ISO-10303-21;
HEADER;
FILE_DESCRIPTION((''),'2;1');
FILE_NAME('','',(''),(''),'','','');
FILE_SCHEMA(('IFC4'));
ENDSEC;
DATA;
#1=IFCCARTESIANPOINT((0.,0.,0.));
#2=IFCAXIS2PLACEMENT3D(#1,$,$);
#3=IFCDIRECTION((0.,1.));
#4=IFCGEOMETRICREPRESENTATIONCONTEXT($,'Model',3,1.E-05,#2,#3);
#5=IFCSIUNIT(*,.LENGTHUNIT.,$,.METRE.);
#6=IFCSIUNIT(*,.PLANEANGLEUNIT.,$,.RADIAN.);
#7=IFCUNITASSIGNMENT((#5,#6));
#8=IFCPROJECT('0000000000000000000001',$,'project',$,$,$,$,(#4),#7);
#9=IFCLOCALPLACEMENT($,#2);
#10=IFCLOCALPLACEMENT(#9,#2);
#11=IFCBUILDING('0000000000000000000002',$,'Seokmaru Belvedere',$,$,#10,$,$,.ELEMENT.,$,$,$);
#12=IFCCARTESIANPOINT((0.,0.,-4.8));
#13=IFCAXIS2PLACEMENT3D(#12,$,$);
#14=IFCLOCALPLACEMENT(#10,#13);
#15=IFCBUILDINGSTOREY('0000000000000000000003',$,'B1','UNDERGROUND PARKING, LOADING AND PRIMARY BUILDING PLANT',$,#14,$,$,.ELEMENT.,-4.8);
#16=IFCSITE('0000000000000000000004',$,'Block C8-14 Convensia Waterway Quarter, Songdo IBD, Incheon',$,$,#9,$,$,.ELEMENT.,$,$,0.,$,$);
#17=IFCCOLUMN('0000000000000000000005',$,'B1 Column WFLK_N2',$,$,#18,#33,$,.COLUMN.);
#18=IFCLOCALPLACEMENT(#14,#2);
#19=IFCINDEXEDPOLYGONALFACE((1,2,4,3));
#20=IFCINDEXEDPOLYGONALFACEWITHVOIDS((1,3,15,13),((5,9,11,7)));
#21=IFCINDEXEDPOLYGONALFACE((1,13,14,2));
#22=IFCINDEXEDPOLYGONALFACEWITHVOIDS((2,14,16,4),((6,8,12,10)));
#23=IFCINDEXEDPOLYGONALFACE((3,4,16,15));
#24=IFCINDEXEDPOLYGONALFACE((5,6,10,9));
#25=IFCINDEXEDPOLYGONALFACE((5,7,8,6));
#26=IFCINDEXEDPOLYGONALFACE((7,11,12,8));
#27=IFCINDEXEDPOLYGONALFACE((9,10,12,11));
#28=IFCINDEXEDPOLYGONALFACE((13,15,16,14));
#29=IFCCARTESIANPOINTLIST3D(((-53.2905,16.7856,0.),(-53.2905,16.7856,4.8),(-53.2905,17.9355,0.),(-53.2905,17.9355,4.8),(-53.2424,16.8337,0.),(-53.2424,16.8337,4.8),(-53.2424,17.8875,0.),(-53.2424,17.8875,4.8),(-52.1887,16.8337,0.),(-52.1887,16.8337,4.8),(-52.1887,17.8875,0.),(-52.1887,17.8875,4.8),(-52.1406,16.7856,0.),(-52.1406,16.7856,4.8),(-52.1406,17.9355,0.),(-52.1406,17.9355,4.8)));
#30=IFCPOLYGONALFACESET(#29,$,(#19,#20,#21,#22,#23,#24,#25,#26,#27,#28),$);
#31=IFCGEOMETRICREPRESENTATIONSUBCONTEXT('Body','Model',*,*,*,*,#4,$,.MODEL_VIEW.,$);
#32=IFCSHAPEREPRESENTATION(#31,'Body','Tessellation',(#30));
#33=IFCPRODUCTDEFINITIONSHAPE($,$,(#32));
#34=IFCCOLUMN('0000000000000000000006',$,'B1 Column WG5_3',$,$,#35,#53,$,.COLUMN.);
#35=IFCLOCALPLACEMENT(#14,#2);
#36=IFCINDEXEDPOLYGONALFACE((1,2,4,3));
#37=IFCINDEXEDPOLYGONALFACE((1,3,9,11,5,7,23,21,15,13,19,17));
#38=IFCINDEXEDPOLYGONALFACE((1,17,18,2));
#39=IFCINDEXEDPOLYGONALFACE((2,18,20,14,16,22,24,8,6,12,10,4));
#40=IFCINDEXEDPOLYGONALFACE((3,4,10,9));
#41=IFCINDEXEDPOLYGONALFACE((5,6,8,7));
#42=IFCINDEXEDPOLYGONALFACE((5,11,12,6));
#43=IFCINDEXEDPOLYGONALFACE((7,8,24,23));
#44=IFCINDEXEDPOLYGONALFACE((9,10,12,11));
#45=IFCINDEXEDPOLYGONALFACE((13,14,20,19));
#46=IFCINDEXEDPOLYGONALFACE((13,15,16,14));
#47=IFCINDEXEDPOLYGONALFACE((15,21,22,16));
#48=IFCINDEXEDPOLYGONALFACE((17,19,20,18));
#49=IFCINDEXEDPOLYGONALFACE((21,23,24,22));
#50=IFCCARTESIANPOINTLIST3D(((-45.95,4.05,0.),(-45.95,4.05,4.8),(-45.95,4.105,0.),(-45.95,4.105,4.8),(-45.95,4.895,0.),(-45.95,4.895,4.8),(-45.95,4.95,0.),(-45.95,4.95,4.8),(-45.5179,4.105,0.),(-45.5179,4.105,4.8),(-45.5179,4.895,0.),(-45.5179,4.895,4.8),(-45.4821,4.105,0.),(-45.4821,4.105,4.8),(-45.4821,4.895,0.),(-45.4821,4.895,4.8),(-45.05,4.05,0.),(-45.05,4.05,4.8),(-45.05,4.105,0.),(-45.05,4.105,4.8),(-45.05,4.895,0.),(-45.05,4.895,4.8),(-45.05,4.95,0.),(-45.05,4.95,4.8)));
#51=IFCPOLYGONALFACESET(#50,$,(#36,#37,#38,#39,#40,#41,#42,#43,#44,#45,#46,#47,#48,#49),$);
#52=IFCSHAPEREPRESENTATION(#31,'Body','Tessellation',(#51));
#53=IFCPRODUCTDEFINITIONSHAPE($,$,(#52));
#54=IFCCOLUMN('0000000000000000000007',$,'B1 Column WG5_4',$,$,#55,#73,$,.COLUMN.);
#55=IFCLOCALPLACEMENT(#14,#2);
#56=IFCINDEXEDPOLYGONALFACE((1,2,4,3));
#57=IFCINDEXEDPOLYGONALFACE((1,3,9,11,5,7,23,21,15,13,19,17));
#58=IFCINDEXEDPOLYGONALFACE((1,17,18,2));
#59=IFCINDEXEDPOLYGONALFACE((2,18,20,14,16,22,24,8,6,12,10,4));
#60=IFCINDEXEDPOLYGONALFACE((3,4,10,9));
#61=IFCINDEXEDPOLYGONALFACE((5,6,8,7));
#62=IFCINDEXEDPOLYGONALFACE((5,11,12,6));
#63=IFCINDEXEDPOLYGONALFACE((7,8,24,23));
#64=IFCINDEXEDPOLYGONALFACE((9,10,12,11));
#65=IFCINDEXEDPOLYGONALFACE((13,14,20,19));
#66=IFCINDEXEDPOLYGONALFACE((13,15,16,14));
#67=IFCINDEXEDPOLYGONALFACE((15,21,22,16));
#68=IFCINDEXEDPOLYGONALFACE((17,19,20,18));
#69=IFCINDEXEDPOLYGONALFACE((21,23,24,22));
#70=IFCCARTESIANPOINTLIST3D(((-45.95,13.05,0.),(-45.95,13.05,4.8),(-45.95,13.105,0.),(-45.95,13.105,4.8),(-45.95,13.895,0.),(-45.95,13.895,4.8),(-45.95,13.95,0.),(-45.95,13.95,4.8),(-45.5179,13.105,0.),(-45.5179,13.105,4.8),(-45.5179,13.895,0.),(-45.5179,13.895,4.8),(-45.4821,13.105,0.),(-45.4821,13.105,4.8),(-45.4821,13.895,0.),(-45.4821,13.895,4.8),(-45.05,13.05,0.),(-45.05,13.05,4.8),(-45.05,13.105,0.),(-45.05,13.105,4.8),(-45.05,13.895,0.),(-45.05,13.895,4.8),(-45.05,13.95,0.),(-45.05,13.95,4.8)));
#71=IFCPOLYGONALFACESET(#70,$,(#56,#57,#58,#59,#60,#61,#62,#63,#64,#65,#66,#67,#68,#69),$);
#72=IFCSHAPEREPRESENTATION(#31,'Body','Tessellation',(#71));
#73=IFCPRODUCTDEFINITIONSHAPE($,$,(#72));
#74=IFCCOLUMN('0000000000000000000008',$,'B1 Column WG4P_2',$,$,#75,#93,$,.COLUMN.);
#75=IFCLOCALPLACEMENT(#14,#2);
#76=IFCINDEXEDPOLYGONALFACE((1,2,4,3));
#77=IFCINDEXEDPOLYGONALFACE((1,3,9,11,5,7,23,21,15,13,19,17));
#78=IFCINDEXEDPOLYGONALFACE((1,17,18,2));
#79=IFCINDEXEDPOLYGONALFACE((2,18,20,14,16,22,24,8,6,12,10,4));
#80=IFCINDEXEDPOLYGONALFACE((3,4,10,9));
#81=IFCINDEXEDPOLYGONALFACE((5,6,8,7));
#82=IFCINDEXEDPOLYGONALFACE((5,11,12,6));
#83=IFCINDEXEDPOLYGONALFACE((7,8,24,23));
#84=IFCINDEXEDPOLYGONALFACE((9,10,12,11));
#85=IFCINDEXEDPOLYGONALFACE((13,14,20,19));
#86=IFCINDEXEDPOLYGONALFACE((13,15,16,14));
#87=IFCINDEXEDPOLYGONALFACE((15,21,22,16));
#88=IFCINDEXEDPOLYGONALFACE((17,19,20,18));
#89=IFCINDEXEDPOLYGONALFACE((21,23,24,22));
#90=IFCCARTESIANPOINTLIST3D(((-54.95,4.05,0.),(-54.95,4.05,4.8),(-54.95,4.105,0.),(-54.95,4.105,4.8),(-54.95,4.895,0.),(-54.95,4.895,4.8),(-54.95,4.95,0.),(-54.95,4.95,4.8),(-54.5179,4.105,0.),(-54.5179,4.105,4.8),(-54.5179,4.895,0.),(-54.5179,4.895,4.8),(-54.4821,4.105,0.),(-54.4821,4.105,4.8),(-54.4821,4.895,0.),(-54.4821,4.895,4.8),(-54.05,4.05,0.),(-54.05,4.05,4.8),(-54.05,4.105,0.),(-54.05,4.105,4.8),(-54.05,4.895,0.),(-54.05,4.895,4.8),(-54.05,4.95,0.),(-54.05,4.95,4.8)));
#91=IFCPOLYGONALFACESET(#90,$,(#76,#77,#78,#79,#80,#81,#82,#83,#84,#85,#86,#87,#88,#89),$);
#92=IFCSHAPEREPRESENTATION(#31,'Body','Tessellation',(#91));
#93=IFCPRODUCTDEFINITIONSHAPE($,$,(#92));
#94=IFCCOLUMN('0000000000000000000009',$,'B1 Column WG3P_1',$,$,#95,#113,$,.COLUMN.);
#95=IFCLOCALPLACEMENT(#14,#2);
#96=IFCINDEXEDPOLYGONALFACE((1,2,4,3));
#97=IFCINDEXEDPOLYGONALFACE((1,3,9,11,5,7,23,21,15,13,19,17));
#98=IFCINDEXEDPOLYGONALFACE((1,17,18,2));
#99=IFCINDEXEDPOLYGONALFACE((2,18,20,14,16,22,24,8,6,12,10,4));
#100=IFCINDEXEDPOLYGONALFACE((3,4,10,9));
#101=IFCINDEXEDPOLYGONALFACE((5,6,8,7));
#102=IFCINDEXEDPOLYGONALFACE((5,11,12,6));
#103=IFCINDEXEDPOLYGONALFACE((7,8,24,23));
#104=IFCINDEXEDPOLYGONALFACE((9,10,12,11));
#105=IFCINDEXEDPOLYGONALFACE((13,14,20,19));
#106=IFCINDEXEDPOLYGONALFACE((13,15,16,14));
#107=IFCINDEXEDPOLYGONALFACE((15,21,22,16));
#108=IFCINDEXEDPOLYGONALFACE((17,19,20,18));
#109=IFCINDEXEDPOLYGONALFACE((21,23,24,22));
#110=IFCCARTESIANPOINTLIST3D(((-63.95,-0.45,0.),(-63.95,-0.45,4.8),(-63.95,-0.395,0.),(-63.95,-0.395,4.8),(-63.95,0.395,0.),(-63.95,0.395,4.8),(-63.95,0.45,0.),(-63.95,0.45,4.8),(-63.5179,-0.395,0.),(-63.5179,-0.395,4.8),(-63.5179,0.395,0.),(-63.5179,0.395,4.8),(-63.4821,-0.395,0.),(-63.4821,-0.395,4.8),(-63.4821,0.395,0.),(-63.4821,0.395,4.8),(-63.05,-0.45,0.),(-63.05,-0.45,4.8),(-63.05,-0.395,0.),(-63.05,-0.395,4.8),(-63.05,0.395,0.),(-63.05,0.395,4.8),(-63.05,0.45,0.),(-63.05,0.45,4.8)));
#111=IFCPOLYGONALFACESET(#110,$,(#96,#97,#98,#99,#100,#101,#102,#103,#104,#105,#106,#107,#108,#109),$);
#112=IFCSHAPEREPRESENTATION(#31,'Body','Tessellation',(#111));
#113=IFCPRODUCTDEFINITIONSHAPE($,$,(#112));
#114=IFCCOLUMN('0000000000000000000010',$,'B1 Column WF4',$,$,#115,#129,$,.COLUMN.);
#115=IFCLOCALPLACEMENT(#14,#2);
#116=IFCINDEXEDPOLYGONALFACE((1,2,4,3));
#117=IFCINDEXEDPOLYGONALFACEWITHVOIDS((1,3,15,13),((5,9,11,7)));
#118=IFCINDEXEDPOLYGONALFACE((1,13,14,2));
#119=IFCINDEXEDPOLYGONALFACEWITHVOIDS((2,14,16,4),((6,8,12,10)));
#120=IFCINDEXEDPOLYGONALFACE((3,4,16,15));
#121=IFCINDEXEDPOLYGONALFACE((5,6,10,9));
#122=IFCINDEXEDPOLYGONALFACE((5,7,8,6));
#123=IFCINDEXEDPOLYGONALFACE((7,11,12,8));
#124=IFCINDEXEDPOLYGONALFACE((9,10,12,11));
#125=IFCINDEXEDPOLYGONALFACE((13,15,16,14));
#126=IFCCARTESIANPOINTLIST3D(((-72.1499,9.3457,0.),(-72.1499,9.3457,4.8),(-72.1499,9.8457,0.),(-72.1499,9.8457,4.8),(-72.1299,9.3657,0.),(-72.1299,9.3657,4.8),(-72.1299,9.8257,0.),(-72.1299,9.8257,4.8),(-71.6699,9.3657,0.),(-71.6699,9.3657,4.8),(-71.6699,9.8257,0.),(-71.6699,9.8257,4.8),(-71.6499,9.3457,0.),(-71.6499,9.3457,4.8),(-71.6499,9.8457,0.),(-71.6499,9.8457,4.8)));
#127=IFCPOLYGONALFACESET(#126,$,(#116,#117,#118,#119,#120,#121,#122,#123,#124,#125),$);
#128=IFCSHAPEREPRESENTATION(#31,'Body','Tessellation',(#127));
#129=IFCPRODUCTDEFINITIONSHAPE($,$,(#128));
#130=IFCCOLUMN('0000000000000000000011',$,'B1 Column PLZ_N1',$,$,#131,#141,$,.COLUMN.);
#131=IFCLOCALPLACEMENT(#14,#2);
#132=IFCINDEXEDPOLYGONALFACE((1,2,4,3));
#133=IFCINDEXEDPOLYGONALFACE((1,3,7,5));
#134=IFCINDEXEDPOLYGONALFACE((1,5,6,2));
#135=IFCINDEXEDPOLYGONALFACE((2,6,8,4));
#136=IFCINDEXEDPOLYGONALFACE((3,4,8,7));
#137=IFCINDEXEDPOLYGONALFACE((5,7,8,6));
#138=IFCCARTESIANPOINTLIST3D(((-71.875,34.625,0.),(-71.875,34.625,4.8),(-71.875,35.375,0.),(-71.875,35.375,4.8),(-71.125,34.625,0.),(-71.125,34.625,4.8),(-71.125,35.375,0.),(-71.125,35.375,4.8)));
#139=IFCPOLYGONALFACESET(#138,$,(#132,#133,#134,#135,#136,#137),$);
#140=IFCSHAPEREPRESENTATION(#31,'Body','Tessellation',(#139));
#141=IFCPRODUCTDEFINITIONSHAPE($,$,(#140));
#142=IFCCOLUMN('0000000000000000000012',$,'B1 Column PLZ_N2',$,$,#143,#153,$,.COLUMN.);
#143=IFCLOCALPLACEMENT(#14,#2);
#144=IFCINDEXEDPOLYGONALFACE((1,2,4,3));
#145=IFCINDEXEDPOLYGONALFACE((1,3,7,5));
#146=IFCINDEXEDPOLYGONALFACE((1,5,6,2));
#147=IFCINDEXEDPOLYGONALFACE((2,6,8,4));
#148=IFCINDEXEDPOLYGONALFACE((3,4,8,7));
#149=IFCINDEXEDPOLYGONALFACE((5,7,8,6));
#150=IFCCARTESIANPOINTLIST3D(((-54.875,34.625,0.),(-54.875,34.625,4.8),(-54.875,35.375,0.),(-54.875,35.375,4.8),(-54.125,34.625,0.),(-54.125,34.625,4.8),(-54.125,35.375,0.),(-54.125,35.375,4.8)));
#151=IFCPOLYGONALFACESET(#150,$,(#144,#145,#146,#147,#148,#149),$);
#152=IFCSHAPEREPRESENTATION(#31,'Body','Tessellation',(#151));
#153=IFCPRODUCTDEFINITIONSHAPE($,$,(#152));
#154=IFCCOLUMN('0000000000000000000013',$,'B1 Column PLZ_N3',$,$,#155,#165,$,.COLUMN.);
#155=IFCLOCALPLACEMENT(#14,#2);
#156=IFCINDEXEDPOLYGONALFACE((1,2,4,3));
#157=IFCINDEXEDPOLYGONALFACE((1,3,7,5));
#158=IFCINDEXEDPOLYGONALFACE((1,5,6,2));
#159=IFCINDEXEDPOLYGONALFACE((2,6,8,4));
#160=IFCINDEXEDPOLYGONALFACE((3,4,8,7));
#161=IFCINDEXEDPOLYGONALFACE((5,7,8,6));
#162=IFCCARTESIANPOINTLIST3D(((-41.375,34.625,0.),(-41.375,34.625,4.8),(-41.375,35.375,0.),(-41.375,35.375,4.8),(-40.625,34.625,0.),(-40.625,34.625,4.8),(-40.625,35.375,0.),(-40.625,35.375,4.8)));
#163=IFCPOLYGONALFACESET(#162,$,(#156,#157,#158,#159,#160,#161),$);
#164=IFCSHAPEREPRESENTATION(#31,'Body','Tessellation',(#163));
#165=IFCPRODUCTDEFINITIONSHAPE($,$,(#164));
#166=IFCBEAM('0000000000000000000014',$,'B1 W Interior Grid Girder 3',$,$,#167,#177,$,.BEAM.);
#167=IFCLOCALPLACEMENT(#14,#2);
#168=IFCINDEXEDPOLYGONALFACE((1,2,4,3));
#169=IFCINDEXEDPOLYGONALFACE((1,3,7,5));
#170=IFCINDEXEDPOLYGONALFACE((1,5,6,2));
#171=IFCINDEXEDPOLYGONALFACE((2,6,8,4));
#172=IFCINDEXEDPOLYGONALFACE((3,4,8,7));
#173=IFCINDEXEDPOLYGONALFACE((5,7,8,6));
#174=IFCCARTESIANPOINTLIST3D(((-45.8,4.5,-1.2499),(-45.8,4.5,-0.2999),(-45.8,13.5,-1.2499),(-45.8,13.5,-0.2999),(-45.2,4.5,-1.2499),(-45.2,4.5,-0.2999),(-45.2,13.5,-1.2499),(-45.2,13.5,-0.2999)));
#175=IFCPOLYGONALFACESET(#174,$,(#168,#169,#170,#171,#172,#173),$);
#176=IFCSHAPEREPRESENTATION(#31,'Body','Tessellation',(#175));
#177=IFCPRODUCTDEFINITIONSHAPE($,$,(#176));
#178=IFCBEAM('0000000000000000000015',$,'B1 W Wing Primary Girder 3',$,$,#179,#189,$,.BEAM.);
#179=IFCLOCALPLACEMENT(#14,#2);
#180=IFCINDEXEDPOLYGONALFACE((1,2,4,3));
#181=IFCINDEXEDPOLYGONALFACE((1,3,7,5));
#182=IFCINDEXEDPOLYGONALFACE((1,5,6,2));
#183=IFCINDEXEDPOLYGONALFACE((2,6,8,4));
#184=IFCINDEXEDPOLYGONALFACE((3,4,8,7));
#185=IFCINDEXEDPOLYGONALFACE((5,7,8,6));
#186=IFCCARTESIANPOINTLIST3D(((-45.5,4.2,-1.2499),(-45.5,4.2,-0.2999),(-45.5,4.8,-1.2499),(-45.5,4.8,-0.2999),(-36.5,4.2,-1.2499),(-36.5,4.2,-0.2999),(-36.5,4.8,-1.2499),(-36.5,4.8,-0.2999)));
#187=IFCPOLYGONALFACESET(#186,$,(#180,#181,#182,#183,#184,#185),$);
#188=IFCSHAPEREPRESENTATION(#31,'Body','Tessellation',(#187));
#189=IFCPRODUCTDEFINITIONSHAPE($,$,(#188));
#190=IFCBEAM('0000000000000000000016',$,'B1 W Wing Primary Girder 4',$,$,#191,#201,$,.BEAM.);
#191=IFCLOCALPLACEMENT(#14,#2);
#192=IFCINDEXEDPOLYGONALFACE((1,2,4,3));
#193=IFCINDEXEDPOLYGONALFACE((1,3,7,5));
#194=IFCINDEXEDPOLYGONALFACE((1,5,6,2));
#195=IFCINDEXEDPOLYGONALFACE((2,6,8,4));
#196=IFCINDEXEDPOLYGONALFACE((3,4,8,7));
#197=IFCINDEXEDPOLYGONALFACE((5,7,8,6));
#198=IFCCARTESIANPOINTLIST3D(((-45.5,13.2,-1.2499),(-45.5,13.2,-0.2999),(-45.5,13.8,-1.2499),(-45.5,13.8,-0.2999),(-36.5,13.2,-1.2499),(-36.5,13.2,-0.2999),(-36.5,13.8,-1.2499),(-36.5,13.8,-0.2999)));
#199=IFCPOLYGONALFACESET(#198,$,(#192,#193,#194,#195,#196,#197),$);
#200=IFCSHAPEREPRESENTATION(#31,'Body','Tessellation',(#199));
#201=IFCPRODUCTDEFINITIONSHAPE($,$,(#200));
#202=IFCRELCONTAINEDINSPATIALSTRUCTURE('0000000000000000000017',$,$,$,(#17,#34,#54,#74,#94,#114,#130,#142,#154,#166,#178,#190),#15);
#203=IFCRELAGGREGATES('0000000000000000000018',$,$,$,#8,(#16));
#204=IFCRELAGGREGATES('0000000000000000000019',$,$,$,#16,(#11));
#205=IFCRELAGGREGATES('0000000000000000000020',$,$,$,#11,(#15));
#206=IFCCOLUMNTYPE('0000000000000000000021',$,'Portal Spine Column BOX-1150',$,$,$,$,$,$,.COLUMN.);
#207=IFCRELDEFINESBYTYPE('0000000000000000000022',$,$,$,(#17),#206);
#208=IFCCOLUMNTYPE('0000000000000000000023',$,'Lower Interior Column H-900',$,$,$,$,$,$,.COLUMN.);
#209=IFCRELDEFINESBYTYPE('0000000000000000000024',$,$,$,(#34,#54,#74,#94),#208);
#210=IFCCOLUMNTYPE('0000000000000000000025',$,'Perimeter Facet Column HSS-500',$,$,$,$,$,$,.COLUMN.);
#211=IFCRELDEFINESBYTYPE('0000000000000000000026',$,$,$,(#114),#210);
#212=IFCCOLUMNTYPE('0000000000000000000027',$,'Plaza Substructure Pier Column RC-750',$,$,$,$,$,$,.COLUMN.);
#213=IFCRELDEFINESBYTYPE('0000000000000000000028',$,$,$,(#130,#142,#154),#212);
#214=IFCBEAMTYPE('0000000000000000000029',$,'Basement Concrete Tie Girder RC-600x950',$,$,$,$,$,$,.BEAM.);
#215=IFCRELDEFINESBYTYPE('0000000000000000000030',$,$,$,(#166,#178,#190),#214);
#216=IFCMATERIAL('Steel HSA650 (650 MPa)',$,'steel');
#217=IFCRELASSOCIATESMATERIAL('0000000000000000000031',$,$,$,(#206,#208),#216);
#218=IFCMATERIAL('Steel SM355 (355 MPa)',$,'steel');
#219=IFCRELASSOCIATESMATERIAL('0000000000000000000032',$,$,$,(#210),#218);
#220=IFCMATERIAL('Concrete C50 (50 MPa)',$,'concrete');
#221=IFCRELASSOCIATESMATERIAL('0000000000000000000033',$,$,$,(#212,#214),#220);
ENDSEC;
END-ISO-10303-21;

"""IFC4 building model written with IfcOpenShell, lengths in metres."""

from ifc_helpers import new_model, si_unit, direction, frame, origin, origin_2d, place, context, subcontext, project, spatial, rectangle, hollow_rectangle, i_section, extrude, source, transform, mapped, material, material_profile, profile_set, type_object, type_shapes, element, save


model = new_model("IFC4")

# Units and contexts
model_context = context("Model", 3, precision=1e-05, world=origin(), true_north=direction((0.0, 1.0)))
body_context = subcontext(model_context, "Body", "Model", "MODEL_VIEW")
ifc_project = project(units=[si_unit("LENGTHUNIT", "METRE"), si_unit("PLANEANGLEUNIT", "RADIAN")], contexts=[model_context])

# Site, building, storey
site_placement = place(None, origin())
site = spatial("IfcSite", under=ifc_project, at=site_placement, Name="Block C8-14 Convensia Waterway Quarter, Songdo IBD, Incheon", CompositionType="ELEMENT", RefElevation=0.0)
building_placement = place(site_placement, origin())
building = spatial("IfcBuilding", under=site, at=building_placement, Name="Seokmaru Belvedere", CompositionType="ELEMENT")
storey_placement = place(building_placement, frame((0.0, 0.0, -4.8)))
storey = spatial("IfcBuildingStorey", under=building, at=storey_placement, Name="B1", Description="UNDERGROUND PARKING, LOADING AND PRIMARY BUILDING PLANT", CompositionType="ELEMENT", Elevation=-4.8)

# Columns
ifc_material_1 = material(Name="Steel HSA650 (650 MPa)", Category="steel")
ifc_material_profile_1 = material_profile(ifc_material_1, hollow_rectangle(XDim=1.1499, YDim=1.1499, WallThickness=0.0481, at=origin_2d()), Name="BOX-1150x1150x48")
ifc_profile_set_1 = profile_set([ifc_material_profile_1], Name="Steel HSA650 (650 MPa)")
column_type_1 = type_object("IfcColumnType", Name="Portal Spine Column BOX-1150", PredefinedType="COLUMN", material=ifc_profile_set_1)
shared_shape_1 = source(origin(), body_context, "Body", "SweptSolid", [
    extrude(hollow_rectangle(XDim=1.1499, YDim=1.1499, WallThickness=0.0481, at=origin_2d()), origin(), (0.0, 0.0, 1.0), 4.8),
])
type_shapes(column_type_1, [shared_shape_1])
column_1_placement = place(storey_placement, frame((-52.7156, 17.3606, 0.0), z_axis=(0.0, 0.0, 1.0), x_axis=(1.0, 0.0, 0.0)))
element("IfcColumn", 1, at=column_1_placement, inside=storey, type_object=column_type_1, Name="B1 Column WFLK_N2", PredefinedType="COLUMN", context=body_context, shape_type="MappedRepresentation", body=[
    mapped(shared_shape_1, transform((0.0, 0.0, 0.0), scale=1.0)),
])
ifc_material_profile_2 = material_profile(ifc_material_1, i_section(OverallWidth=0.8999, OverallDepth=0.8999, WebThickness=0.0359, FlangeThickness=0.0549, at=origin_2d()), Name="H-900x900x36x55")
ifc_profile_set_2 = profile_set([ifc_material_profile_2], Name="Steel HSA650 (650 MPa)")
column_type_2 = type_object("IfcColumnType", Name="Lower Interior Column H-900", PredefinedType="COLUMN", material=ifc_profile_set_2)
shared_shape_2 = source(origin(), body_context, "Body", "SweptSolid", [
    extrude(i_section(OverallWidth=0.8999, OverallDepth=0.8999, WebThickness=0.0359, FlangeThickness=0.0549, at=origin_2d()), origin(), (0.0, 0.0, 1.0), 4.8),
])
type_shapes(column_type_2, [shared_shape_2])
for number, where, z_axis, x_axis, name in (
    (2, (-45.5, 4.5, 0.0), (0.0, 0.0, 1.0), (1.0, 0.0, 0.0), "B1 Column WG5_3"),
    (3, (-45.5, 13.5, 0.0), (0.0, 0.0, 1.0), (1.0, 0.0, 0.0), "B1 Column WG5_4"),
    (4, (-54.5, 4.5, 0.0), (0.0, 0.0, 1.0), (1.0, 0.0, 0.0), "B1 Column WG4P_2"),
    (5, (-63.5, 0.0, 0.0), (0.0, 0.0, 1.0), (1.0, 0.0, 0.0), "B1 Column WG3P_1"),
):
    element("IfcColumn", number, at=place(storey_placement, frame(where, z_axis=z_axis, x_axis=x_axis)), inside=storey, type_object=column_type_2, Name=name, PredefinedType="COLUMN", context=body_context, shape_type="MappedRepresentation", body=[
        mapped(shared_shape_2, transform((0.0, 0.0, 0.0), scale=1.0)),
    ])
ifc_material_2 = material(Name="Steel SM355 (355 MPa)", Category="steel")
ifc_material_profile_3 = material_profile(ifc_material_2, hollow_rectangle(XDim=0.5, YDim=0.5, WallThickness=0.02, at=origin_2d()), Name="HSS-500x500x20")
ifc_profile_set_3 = profile_set([ifc_material_profile_3], Name="Steel SM355 (355 MPa)")
column_type_3 = type_object("IfcColumnType", Name="Perimeter Facet Column HSS-500", PredefinedType="COLUMN", material=ifc_profile_set_3)
shared_shape_3 = source(origin(), body_context, "Body", "SweptSolid", [
    extrude(hollow_rectangle(XDim=0.5, YDim=0.5, WallThickness=0.02, at=origin_2d()), origin(), (0.0, 0.0, 1.0), 4.8),
])
type_shapes(column_type_3, [shared_shape_3])
column_2_placement = place(storey_placement, frame((-71.8999, 9.5957, 0.0), z_axis=(0.0, 0.0, 1.0), x_axis=(1.0, 0.0, 0.0)))
element("IfcColumn", 6, at=column_2_placement, inside=storey, type_object=column_type_3, Name="B1 Column WF4", PredefinedType="COLUMN", context=body_context, shape_type="MappedRepresentation", body=[
    mapped(shared_shape_3, transform((0.0, 0.0, 0.0), scale=1.0)),
])
ifc_material_3 = material(Name="Concrete C50 (50 MPa)", Category="concrete")
ifc_material_profile_4 = material_profile(ifc_material_3, rectangle(XDim=0.75, YDim=0.75, at=origin_2d()), Name="RC-750x750")
ifc_profile_set_4 = profile_set([ifc_material_profile_4], Name="Concrete C50 (50 MPa)")
column_type_4 = type_object("IfcColumnType", Name="Plaza Substructure Pier Column RC-750", PredefinedType="COLUMN", material=ifc_profile_set_4)
shared_shape_4 = source(origin(), body_context, "Body", "SweptSolid", [
    extrude(rectangle(XDim=0.75, YDim=0.75, at=origin_2d()), origin(), (0.0, 0.0, 1.0), 4.8),
])
type_shapes(column_type_4, [shared_shape_4])
for number, where, z_axis, x_axis, name in (
    (7, (-71.5, 35.0, 0.0), (0.0, 0.0, 1.0), (1.0, 0.0, 0.0), "B1 Column PLZ_N1"),
    (8, (-54.5, 35.0, 0.0), (0.0, 0.0, 1.0), (1.0, 0.0, 0.0), "B1 Column PLZ_N2"),
    (9, (-41.0, 35.0, 0.0), (0.0, 0.0, 1.0), (1.0, 0.0, 0.0), "B1 Column PLZ_N3"),
):
    element("IfcColumn", number, at=place(storey_placement, frame(where, z_axis=z_axis, x_axis=x_axis)), inside=storey, type_object=column_type_4, Name=name, PredefinedType="COLUMN", context=body_context, shape_type="MappedRepresentation", body=[
        mapped(shared_shape_4, transform((0.0, 0.0, 0.0), scale=1.0)),
    ])

# Beams
ifc_material_profile_5 = material_profile(ifc_material_3, rectangle(XDim=0.6001, YDim=0.95, at=origin_2d()), Name="RC-600x950")
ifc_profile_set_5 = profile_set([ifc_material_profile_5], Name="Concrete C50 (50 MPa)")
beam_type_1 = type_object("IfcBeamType", Name="Basement Concrete Tie Girder RC-600x950", PredefinedType="BEAM", material=ifc_profile_set_5)
shared_shape_5 = source(origin(), body_context, "Body", "SweptSolid", [
    extrude(rectangle(XDim=0.6001, YDim=0.95, at=origin_2d()), origin(), (0.0, 0.0, 1.0), 9.0),
])
for number, where, z_axis, x_axis, name in (
    (10, (-45.5, 4.5, -0.7749), (0.0, 1.0, 0.0), (-1.0, 0.0, 0.0), "B1 W Interior Grid Girder 3"),
    (11, (-45.5, 4.5, -0.7749), (1.0, 0.0, 0.0), (0.0, 1.0, 0.0), "B1 W Wing Primary Girder 3"),
    (12, (-45.5, 13.5, -0.7749), (1.0, 0.0, 0.0), (0.0, 1.0, 0.0), "B1 W Wing Primary Girder 4"),
):
    element("IfcBeam", number, at=place(storey_placement, frame(where, z_axis=z_axis, x_axis=x_axis)), inside=storey, type_object=beam_type_1, Name=name, PredefinedType="BEAM", context=body_context, shape_type="MappedRepresentation", body=[
        mapped(shared_shape_5, transform((0.0, 0.0, 0.0), scale=1.0)),
    ])

save(model, "model.ifc")
